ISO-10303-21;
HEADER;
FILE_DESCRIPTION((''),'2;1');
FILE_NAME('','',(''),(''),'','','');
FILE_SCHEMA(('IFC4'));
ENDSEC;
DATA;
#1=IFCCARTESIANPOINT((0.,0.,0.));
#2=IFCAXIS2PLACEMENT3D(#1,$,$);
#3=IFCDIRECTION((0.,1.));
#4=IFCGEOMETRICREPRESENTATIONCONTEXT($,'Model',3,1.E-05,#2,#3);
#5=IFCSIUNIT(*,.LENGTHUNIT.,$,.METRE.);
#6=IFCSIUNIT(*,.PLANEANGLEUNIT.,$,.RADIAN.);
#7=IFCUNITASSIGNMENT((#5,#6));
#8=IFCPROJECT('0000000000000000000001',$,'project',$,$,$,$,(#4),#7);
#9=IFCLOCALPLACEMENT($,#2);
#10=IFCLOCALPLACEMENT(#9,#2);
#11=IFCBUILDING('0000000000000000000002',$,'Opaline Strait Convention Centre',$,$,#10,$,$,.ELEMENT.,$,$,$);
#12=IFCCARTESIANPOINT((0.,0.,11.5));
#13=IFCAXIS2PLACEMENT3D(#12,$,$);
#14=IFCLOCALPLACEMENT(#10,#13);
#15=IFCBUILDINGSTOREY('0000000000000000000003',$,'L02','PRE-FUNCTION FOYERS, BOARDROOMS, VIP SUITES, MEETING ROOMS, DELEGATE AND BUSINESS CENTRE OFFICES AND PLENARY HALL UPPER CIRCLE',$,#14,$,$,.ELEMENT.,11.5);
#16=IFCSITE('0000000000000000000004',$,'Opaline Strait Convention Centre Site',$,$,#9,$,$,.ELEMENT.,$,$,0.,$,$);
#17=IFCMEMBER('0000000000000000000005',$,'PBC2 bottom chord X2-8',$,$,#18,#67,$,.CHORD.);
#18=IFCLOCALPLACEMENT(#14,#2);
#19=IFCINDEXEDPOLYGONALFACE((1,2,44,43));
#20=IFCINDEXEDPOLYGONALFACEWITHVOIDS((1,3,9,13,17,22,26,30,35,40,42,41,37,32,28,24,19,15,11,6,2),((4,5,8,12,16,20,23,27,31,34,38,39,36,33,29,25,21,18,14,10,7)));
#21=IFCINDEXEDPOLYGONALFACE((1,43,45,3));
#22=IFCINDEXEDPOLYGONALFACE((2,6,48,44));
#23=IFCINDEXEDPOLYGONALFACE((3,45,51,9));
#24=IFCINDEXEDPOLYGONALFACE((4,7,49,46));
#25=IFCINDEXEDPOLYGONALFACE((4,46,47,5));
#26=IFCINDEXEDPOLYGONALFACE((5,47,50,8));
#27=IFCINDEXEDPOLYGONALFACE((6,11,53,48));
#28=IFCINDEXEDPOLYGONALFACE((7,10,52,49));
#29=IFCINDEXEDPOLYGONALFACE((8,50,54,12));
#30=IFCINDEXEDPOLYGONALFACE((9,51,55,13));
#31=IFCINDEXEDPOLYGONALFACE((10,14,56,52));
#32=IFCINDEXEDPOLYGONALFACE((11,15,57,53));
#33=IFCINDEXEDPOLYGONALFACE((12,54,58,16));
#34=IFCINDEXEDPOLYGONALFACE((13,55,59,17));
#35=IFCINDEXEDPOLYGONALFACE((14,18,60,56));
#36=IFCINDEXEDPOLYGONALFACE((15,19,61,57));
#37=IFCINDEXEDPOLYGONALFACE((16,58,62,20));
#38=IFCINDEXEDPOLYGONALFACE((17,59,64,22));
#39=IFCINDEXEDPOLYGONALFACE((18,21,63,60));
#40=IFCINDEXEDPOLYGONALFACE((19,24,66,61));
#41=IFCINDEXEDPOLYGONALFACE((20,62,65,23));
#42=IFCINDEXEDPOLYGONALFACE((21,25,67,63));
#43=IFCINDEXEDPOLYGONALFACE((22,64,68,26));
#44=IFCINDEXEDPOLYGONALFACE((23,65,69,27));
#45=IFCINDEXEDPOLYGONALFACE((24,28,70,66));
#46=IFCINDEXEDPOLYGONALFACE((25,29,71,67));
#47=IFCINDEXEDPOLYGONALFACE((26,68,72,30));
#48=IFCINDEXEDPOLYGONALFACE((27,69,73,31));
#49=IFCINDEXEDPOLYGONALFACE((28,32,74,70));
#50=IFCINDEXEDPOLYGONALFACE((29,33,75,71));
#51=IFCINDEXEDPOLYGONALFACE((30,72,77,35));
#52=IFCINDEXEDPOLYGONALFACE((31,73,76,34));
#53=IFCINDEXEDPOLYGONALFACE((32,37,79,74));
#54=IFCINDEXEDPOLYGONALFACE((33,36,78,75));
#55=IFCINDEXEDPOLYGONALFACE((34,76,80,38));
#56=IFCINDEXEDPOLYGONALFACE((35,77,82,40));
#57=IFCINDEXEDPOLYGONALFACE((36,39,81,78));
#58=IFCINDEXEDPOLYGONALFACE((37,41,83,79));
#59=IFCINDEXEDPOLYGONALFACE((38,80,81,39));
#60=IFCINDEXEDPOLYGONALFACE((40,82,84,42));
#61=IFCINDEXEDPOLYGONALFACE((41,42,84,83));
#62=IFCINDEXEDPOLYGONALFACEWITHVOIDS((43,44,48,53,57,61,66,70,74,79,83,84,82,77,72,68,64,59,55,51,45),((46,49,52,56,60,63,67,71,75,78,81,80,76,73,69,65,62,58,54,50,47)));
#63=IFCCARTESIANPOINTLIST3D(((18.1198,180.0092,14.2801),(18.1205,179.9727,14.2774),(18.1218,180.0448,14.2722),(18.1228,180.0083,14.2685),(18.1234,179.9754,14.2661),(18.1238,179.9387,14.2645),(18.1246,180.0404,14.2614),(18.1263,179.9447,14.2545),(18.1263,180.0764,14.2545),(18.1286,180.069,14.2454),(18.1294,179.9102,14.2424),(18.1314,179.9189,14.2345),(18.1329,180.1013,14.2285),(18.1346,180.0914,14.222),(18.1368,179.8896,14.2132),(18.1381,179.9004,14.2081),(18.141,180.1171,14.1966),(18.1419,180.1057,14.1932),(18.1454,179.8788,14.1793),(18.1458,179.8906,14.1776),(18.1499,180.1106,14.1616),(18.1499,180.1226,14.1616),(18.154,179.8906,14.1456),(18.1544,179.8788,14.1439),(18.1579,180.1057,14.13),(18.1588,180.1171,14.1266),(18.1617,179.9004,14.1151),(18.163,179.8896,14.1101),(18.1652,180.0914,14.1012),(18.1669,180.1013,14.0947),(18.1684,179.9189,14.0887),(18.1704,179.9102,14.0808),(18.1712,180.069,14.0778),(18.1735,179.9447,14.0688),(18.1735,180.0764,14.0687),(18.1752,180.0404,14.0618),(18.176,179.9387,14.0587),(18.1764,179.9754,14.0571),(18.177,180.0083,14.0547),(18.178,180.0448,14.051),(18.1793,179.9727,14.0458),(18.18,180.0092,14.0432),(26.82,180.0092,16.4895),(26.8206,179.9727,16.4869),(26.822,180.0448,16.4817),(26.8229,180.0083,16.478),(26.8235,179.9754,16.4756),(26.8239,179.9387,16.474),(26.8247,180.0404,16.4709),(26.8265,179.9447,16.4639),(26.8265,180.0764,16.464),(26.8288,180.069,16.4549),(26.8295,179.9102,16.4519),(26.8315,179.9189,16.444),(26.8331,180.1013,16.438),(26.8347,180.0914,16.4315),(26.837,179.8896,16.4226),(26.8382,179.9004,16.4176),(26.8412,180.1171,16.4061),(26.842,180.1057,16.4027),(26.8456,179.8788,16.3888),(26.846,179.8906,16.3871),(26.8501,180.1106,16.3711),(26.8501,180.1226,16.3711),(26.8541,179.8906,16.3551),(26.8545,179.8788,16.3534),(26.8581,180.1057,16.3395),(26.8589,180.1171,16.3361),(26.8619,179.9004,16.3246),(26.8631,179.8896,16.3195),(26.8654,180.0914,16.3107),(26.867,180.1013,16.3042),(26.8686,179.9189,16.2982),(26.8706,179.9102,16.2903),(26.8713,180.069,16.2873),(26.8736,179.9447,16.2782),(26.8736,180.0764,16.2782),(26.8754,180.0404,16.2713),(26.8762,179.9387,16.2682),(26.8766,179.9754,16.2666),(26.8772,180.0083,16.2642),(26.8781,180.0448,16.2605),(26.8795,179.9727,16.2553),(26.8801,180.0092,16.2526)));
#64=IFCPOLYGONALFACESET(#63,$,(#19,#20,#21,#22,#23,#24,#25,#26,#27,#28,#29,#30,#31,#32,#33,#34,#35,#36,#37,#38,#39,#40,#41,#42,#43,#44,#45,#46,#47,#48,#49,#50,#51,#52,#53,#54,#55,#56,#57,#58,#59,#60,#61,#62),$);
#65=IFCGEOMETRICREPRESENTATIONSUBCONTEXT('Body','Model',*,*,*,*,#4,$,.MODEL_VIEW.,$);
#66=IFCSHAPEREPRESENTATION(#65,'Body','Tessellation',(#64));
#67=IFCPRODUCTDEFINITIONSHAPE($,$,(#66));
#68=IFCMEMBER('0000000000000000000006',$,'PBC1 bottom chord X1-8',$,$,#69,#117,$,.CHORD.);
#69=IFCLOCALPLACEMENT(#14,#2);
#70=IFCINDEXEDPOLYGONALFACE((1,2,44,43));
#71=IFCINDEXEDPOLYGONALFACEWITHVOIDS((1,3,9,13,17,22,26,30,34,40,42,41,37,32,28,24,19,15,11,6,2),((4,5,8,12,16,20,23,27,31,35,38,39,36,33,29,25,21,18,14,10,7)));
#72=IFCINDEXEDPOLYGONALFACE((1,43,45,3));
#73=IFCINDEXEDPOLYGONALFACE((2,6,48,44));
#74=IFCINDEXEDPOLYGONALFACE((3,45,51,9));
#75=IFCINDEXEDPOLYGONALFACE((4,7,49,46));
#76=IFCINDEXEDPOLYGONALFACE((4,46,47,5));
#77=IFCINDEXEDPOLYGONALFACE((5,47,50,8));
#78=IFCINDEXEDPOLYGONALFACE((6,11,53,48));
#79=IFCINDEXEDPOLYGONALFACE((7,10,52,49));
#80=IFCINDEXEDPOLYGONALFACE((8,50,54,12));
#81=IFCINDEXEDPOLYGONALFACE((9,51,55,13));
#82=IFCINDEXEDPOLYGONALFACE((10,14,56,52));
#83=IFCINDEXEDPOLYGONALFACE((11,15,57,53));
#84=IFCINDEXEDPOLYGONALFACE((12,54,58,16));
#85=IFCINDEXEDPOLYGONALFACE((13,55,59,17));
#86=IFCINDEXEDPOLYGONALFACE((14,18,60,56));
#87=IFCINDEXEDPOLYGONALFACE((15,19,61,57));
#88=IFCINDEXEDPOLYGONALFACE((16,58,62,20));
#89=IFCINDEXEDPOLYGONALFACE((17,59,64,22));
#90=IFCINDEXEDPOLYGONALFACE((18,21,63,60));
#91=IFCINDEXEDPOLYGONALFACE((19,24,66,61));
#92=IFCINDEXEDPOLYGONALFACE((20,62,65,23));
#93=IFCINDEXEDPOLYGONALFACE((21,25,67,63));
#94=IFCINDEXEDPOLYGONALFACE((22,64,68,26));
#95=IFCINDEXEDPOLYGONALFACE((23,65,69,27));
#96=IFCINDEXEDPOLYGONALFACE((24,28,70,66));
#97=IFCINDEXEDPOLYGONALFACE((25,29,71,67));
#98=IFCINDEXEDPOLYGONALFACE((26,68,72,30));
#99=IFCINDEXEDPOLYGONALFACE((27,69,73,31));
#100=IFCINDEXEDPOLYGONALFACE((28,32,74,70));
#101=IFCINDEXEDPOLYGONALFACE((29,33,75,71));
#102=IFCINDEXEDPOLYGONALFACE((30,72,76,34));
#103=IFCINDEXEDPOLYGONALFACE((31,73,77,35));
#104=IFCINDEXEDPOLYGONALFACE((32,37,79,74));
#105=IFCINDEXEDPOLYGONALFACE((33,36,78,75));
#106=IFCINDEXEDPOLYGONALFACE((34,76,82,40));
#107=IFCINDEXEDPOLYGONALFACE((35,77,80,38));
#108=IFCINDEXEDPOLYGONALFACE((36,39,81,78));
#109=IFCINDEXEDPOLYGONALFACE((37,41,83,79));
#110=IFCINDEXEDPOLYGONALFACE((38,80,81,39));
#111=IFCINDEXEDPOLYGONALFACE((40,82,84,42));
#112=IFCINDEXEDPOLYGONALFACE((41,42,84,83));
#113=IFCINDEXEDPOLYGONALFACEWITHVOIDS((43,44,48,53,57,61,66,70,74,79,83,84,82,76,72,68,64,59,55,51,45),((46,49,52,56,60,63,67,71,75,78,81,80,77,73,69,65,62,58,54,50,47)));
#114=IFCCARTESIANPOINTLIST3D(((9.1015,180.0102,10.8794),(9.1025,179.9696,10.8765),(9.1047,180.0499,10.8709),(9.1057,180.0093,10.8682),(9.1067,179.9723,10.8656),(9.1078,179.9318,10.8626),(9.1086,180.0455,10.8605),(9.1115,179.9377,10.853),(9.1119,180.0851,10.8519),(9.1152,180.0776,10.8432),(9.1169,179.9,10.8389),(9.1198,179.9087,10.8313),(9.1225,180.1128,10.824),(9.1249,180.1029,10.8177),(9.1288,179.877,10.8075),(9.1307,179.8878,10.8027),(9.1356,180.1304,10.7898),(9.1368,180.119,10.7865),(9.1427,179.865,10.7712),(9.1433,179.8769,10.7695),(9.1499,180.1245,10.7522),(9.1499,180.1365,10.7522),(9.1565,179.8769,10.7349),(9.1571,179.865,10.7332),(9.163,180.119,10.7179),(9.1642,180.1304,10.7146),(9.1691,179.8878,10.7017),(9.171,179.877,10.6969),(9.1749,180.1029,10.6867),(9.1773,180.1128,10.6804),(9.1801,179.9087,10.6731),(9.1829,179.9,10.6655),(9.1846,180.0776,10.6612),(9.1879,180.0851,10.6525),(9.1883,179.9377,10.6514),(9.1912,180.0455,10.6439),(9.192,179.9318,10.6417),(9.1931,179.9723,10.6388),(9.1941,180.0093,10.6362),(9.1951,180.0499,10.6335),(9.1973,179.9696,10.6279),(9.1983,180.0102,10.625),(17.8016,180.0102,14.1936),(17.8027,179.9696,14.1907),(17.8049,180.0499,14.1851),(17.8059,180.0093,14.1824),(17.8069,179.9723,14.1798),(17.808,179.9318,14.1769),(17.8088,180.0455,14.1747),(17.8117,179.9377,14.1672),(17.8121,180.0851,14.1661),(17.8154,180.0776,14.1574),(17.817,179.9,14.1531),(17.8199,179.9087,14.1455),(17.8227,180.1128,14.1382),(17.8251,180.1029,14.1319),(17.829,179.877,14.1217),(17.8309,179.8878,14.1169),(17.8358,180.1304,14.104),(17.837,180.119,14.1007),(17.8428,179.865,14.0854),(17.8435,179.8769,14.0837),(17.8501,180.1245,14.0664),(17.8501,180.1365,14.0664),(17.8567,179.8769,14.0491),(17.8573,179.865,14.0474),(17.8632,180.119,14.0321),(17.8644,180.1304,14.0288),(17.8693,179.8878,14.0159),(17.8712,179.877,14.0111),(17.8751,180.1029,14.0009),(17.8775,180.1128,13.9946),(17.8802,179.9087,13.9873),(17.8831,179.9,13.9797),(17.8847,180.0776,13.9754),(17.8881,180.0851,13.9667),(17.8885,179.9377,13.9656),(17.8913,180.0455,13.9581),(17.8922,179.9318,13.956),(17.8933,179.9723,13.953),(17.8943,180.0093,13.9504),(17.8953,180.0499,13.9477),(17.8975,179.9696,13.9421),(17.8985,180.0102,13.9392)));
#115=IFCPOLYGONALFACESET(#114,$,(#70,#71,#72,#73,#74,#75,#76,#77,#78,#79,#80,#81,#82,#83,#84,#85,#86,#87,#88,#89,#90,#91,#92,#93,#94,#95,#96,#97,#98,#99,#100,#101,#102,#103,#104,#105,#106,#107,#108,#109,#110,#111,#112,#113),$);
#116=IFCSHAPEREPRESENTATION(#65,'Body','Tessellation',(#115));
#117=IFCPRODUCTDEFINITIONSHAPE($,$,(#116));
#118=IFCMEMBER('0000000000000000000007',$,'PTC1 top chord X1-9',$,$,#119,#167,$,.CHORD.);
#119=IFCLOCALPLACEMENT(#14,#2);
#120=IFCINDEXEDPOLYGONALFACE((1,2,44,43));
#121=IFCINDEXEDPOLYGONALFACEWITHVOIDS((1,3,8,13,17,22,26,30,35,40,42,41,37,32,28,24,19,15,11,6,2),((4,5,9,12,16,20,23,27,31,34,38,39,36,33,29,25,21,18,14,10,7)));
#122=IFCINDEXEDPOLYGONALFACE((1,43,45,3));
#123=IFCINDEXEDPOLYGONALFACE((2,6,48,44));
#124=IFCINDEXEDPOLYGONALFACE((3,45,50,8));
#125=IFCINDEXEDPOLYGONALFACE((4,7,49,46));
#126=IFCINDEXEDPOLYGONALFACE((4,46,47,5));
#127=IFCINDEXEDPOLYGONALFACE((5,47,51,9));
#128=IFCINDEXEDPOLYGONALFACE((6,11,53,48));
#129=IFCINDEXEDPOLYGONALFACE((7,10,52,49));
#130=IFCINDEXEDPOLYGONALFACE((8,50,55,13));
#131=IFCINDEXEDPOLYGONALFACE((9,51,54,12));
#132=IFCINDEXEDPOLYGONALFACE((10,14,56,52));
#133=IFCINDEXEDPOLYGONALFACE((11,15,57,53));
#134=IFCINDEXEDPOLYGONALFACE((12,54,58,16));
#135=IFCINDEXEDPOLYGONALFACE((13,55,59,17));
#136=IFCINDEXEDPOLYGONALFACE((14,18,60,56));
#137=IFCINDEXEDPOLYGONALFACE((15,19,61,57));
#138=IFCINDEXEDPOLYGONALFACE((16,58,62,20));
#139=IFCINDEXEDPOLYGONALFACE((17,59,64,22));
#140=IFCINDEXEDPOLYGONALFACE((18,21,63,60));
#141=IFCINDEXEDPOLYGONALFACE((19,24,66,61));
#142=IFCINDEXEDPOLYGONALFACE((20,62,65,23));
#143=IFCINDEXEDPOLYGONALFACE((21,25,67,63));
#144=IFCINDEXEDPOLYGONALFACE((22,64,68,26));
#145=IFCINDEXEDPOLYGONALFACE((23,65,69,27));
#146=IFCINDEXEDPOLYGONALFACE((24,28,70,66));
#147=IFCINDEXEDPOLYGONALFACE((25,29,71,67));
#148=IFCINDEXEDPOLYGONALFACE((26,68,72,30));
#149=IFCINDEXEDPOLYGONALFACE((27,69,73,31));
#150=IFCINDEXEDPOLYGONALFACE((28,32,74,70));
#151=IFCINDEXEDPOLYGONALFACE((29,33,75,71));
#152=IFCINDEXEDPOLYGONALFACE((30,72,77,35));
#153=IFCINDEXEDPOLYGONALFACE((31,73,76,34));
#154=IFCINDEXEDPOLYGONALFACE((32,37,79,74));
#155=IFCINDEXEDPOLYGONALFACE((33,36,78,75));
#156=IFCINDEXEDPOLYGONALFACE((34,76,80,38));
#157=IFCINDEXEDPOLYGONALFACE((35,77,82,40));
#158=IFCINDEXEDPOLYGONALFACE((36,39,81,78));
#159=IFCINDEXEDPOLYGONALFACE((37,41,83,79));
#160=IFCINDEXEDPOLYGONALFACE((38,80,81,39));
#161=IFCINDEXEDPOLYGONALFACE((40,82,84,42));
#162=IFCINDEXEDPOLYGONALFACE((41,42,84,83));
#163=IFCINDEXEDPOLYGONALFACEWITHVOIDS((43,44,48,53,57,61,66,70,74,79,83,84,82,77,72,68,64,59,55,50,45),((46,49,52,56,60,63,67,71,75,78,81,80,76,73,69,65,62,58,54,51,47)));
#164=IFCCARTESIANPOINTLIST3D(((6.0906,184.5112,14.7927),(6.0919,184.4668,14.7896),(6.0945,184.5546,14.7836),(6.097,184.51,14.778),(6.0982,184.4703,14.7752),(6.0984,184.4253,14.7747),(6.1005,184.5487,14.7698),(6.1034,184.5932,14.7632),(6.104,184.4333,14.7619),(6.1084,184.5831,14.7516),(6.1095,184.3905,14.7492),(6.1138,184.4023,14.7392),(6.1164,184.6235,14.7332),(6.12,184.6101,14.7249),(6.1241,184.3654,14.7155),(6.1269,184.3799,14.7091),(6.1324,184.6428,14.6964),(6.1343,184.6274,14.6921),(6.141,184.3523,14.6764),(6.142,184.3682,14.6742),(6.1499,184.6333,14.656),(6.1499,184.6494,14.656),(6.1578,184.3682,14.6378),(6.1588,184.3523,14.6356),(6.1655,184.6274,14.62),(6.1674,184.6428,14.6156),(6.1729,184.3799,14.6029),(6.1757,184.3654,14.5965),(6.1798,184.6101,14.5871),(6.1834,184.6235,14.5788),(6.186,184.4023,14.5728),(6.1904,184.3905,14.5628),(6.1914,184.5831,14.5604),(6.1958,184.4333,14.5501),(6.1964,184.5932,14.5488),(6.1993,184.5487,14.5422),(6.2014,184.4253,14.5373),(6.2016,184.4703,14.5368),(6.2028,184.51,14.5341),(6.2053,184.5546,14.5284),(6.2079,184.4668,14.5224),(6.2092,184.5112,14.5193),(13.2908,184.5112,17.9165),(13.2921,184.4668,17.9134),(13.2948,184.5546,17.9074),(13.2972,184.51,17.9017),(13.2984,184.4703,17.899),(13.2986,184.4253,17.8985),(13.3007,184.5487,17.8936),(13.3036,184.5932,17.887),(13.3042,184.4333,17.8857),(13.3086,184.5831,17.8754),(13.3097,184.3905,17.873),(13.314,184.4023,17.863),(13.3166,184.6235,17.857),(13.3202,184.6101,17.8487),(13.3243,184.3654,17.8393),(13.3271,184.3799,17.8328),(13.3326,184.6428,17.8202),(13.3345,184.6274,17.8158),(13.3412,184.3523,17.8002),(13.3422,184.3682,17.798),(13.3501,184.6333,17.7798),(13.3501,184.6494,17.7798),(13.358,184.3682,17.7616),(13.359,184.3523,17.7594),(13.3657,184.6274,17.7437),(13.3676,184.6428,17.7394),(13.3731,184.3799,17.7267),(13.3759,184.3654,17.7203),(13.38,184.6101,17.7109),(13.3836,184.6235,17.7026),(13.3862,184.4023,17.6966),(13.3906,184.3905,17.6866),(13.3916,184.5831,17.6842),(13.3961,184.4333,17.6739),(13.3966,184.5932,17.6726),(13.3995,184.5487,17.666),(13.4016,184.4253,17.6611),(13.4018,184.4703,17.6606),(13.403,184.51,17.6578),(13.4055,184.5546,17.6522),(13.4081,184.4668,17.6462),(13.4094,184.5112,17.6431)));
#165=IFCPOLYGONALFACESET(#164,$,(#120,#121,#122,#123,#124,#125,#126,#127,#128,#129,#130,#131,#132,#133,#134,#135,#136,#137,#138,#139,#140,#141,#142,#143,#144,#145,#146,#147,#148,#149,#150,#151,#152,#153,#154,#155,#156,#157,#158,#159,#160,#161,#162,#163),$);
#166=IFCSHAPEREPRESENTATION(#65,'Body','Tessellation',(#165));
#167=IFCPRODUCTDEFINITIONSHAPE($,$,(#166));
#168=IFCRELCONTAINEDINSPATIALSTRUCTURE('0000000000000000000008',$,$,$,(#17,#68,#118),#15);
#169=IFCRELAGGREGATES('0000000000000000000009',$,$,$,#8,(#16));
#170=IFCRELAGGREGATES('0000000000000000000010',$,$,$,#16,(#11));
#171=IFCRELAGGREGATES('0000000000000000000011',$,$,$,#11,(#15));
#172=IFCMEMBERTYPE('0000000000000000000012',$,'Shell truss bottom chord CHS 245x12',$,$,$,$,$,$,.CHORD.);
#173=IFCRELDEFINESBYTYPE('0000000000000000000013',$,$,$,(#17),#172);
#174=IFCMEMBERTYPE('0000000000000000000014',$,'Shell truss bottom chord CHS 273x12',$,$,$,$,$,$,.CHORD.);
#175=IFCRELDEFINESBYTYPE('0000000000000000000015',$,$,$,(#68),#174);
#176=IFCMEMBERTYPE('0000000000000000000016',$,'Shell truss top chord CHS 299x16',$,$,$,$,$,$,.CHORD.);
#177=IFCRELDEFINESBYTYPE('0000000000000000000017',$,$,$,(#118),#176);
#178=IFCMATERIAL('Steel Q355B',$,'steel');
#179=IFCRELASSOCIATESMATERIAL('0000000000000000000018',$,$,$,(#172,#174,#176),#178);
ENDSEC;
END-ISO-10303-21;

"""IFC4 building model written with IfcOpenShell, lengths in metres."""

from ifc_helpers import new_model, si_unit, direction, frame, origin, origin_2d, place, context, subcontext, project, spatial, hollow_circle, extrude, material, material_profile, profile_set, type_object, element, save


model = new_model("IFC4")

# Units and contexts
model_context = context("Model", 3, precision=1e-05, world=origin(), true_north=direction((0.0, 1.0)))
body_context = subcontext(model_context, "Body", "Model", "MODEL_VIEW")
ifc_project = project(units=[si_unit("LENGTHUNIT", "METRE"), si_unit("PLANEANGLEUNIT", "RADIAN")], contexts=[model_context])

# Site, building, storey
site_placement = place(None, origin())
site = spatial("IfcSite", under=ifc_project, at=site_placement, Name="Opaline Strait Convention Centre Site", CompositionType="ELEMENT", RefElevation=0.0)
building_placement = place(site_placement, origin())
building = spatial("IfcBuilding", under=site, at=building_placement, Name="Opaline Strait Convention Centre", CompositionType="ELEMENT")
storey_placement = place(building_placement, frame((0.0, 0.0, 11.5)))
storey = spatial("IfcBuildingStorey", under=building, at=storey_placement, Name="L02", Description="PRE-FUNCTION FOYERS, BOARDROOMS, VIP SUITES, MEETING ROOMS, DELEGATE AND BUSINESS CENTRE OFFICES AND PLENARY HALL UPPER CIRCLE", CompositionType="ELEMENT", Elevation=11.5)

# Members
ifc_material_1 = material(Name="Steel Q355B", Category="steel")
ifc_material_profile_1 = material_profile(ifc_material_1, hollow_circle(Radius=0.1226, WallThickness=0.012, at=origin_2d()), Name="CHS 245x12")
ifc_profile_set_1 = profile_set([ifc_material_profile_1], Name="Steel Q355B")
member_type_1 = type_object("IfcMemberType", Name="Shell truss bottom chord CHS 245x12", PredefinedType="CHORD", material=ifc_profile_set_1)
member_1_placement = place(storey_placement, frame((18.1499, 180.0, 14.1616), z_axis=(0.969233, 0.0, 0.246143), x_axis=(0.0, 1.0, 0.0)))
element("IfcMember", 1, at=member_1_placement, inside=storey, type_object=member_type_1, Name="PBC2 bottom chord X2-8", PredefinedType="CHORD", context=body_context, shape_type="SweptSolid", body=[
    extrude(hollow_circle(Radius=0.1226, WallThickness=0.012, at=origin_2d()), origin(), (0.0, 0.0, 1.0), 8.9763),
])
ifc_material_profile_2 = material_profile(ifc_material_1, hollow_circle(Radius=0.1365, WallThickness=0.012, at=origin_2d()), Name="CHS 273x12")
ifc_profile_set_2 = profile_set([ifc_material_profile_2], Name="Steel Q355B")
member_type_2 = type_object("IfcMemberType", Name="Shell truss bottom chord CHS 273x12", PredefinedType="CHORD", material=ifc_profile_set_2)
member_2_placement = place(storey_placement, frame((9.1499, 180.0, 10.7522), z_axis=(0.934493, 0.0, 0.355981), x_axis=(0.0, 1.0, 0.0)))
element("IfcMember", 2, at=member_2_placement, inside=storey, type_object=member_type_2, Name="PBC1 bottom chord X1-8", PredefinedType="CHORD", context=body_context, shape_type="SweptSolid", body=[
    extrude(hollow_circle(Radius=0.1365, WallThickness=0.012, at=origin_2d()), origin(), (0.0, 0.0, 1.0), 9.3101),
])
ifc_material_profile_3 = material_profile(ifc_material_1, hollow_circle(Radius=0.1494, WallThickness=0.0161, at=origin_2d()), Name="CHS 299x16")
ifc_profile_set_3 = profile_set([ifc_material_profile_3], Name="Steel Q355B")
member_type_3 = type_object("IfcMemberType", Name="Shell truss top chord CHS 299x16", PredefinedType="CHORD", material=ifc_profile_set_3)
member_3_placement = place(storey_placement, frame((6.1499, 184.5, 14.656), z_axis=(0.917384, 0.0, 0.398004), x_axis=(0.0, 1.0, 0.0)))
element("IfcMember", 3, at=member_3_placement, inside=storey, type_object=member_type_3, Name="PTC1 top chord X1-9", PredefinedType="CHORD", context=body_context, shape_type="SweptSolid", body=[
    extrude(hollow_circle(Radius=0.1494, WallThickness=0.0161, at=origin_2d()), origin(), (0.0, 0.0, 1.0), 7.8486),
])

save(model, "model.ifc")
